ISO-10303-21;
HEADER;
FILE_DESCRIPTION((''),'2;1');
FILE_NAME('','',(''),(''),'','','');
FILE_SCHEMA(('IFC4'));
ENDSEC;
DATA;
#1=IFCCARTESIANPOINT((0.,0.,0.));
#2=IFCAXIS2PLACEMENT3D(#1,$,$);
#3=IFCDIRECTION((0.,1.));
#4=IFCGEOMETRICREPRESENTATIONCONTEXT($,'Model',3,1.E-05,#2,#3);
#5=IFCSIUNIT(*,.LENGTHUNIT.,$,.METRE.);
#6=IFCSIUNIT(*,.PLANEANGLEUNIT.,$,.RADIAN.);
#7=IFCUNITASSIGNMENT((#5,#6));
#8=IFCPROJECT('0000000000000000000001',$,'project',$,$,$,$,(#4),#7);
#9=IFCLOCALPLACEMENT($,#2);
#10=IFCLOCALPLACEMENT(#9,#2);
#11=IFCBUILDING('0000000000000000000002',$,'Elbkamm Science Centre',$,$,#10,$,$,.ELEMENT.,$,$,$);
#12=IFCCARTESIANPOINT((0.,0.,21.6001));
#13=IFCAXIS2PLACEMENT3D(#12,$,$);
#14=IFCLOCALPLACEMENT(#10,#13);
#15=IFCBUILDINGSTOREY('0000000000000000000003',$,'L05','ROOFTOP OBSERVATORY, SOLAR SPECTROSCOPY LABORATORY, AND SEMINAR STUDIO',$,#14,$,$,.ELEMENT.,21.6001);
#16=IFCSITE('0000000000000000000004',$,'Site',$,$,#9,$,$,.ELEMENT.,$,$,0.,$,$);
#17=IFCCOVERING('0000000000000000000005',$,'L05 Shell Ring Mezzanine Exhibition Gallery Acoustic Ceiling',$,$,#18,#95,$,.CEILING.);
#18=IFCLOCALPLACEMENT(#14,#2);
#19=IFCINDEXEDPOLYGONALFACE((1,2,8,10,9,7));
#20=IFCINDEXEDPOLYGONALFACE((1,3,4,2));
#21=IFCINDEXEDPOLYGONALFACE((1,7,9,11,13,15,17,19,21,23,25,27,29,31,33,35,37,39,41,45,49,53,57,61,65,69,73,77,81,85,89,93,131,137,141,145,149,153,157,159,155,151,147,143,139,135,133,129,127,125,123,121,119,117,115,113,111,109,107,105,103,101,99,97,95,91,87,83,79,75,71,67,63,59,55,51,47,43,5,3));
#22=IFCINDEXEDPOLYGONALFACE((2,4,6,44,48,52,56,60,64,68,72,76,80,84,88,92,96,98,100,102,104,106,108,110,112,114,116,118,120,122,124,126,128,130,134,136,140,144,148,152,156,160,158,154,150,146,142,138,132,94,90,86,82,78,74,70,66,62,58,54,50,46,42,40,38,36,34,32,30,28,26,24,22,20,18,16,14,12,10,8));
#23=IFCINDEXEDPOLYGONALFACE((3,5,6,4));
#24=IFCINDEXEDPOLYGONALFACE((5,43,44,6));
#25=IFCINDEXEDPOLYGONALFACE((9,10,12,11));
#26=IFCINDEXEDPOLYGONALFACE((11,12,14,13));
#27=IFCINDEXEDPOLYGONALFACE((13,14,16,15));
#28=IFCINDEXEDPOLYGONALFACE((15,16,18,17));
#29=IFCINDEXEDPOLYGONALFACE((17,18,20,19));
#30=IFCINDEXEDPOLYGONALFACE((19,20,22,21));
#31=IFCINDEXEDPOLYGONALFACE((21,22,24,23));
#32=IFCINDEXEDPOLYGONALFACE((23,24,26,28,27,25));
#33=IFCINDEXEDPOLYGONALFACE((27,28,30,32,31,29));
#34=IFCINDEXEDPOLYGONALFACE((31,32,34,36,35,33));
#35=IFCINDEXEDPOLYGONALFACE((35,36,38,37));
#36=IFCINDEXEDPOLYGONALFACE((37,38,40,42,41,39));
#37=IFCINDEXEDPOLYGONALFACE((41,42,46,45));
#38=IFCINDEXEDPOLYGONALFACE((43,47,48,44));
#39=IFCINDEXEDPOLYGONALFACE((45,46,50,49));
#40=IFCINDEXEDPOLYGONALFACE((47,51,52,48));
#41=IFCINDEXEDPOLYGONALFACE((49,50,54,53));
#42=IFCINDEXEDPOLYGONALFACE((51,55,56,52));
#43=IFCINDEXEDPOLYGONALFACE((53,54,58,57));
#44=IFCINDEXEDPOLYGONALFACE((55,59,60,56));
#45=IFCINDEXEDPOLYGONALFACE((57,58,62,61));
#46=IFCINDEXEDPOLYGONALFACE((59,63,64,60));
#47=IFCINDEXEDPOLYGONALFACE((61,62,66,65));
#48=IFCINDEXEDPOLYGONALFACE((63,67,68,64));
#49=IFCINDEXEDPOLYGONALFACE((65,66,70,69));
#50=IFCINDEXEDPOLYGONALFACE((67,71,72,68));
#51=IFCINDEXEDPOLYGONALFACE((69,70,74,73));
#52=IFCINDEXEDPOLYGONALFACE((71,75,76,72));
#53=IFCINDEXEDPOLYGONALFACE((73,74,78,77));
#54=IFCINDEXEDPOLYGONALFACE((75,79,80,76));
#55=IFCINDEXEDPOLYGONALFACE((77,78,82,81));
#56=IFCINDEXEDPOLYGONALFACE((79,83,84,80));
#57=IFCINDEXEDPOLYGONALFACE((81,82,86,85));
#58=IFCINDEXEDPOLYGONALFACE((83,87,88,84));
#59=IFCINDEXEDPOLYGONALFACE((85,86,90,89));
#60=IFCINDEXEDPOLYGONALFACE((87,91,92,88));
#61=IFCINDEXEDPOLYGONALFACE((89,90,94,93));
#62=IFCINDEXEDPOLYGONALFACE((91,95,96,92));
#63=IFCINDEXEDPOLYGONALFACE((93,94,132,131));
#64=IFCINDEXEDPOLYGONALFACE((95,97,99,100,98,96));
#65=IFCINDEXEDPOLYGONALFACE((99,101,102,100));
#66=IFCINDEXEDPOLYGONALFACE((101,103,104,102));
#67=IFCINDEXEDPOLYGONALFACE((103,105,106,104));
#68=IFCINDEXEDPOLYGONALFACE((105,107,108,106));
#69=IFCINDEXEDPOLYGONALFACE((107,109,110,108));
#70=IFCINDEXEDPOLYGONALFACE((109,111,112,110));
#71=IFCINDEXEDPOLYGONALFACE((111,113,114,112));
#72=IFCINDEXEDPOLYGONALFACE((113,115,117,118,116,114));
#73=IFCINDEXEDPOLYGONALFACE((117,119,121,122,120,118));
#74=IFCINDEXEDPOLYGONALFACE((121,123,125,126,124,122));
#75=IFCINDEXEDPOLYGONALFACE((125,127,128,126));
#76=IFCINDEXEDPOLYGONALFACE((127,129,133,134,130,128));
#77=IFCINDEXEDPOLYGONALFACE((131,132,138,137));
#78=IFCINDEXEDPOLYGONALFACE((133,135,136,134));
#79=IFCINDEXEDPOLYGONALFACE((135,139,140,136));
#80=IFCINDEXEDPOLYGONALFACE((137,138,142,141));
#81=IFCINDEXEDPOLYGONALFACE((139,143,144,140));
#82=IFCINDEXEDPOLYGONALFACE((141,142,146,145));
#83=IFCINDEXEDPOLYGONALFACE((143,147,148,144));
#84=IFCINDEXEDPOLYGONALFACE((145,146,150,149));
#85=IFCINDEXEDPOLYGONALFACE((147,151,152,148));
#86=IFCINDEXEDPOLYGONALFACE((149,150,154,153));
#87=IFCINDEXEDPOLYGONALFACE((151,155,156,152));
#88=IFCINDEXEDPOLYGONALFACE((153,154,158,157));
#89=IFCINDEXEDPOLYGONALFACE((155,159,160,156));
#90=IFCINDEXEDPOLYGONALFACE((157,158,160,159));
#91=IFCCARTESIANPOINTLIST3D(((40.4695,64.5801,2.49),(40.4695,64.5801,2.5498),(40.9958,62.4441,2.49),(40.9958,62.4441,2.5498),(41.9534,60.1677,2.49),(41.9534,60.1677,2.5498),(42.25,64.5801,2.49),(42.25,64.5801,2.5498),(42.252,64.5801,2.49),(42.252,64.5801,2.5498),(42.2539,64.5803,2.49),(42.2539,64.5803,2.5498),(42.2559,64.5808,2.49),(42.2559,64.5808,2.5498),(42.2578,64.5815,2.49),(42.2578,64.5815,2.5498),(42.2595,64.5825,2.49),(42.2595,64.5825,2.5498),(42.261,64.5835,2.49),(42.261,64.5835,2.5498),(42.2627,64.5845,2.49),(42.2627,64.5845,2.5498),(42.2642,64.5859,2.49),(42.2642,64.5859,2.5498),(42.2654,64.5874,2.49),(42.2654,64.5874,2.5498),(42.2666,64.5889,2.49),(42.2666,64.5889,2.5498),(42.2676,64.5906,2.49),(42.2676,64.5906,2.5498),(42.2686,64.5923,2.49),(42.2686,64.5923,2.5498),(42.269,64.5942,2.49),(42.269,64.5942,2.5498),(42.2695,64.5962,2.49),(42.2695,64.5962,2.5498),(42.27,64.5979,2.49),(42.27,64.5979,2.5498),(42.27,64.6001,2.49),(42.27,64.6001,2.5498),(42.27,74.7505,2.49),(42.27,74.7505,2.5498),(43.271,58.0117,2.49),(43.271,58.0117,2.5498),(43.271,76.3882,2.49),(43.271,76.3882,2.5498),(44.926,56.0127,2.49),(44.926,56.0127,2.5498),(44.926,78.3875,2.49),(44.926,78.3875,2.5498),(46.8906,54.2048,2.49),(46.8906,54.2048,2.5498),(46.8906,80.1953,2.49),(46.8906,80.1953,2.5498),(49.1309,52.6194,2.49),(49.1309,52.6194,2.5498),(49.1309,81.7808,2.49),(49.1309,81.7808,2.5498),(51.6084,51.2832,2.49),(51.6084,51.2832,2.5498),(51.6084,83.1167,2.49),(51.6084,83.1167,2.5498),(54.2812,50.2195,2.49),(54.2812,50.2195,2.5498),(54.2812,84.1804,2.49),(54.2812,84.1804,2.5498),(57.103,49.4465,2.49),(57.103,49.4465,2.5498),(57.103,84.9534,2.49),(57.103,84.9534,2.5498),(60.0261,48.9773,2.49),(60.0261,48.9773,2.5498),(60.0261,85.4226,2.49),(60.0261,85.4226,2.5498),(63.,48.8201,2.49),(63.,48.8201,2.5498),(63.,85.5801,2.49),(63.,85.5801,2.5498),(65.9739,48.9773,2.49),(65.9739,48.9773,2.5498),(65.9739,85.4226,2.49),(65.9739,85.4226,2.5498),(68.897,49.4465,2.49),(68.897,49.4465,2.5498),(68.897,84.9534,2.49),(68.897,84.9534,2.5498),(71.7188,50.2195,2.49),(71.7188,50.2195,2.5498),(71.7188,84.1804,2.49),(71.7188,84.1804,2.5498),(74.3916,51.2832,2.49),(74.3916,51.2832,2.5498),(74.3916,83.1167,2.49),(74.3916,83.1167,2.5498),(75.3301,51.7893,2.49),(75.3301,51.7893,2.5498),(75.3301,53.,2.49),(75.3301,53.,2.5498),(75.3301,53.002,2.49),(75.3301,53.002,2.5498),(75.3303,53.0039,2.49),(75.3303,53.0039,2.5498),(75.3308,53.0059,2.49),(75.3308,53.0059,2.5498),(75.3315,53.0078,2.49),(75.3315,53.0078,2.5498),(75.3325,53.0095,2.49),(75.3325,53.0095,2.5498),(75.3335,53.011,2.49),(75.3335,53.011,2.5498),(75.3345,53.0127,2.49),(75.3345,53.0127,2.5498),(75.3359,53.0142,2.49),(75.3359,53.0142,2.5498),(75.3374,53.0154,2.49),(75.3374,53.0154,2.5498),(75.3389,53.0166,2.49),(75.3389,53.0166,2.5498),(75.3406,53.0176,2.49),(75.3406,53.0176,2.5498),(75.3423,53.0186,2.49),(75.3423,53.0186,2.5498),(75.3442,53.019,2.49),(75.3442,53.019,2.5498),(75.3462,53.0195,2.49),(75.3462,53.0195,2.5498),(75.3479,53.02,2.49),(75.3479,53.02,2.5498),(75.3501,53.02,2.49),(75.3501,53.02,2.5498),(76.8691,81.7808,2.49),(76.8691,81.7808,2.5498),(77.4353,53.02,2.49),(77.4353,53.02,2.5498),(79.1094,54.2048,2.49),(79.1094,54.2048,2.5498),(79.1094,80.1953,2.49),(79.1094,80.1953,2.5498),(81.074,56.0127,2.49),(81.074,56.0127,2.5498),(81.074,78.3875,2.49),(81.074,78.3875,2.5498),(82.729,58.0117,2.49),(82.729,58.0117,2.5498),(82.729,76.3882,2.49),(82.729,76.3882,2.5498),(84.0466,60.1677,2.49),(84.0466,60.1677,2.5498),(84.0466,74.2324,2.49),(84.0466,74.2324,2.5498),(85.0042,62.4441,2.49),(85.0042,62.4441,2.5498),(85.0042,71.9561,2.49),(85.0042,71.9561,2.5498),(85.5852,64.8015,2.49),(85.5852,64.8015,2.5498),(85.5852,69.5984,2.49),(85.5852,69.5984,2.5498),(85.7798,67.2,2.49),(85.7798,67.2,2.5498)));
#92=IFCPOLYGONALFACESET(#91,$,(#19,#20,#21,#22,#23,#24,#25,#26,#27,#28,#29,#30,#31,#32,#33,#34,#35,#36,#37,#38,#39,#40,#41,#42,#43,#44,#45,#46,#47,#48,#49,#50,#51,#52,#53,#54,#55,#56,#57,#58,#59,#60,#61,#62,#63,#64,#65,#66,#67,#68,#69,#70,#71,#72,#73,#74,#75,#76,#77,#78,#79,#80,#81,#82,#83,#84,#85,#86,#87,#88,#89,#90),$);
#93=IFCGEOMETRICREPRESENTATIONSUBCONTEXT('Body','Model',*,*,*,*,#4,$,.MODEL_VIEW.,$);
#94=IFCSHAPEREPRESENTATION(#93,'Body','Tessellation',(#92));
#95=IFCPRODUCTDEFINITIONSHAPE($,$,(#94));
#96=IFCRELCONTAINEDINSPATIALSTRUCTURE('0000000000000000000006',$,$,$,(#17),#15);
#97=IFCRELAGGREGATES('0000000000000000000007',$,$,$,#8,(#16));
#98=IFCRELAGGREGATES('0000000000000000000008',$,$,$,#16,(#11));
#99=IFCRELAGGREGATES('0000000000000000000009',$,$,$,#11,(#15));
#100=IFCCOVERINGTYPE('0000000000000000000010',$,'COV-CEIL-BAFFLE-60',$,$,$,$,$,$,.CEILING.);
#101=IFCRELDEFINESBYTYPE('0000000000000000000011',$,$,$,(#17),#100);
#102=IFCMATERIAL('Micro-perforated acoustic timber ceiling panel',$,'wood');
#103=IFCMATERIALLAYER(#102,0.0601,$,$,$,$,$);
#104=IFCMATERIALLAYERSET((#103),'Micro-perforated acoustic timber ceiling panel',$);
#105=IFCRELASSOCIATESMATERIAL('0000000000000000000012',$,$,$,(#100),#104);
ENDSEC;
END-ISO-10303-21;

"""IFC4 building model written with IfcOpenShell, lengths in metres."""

from ifc_helpers import new_model, si_unit, direction, frame, origin, place, context, subcontext, project, spatial, polyline, outline, extrude, material, layer, layer_set, type_object, element, save


model = new_model("IFC4")

# Units and contexts
model_context = context("Model", 3, precision=1e-05, world=origin(), true_north=direction((0.0, 1.0)))
body_context = subcontext(model_context, "Body", "Model", "MODEL_VIEW")
ifc_project = project(units=[si_unit("LENGTHUNIT", "METRE"), si_unit("PLANEANGLEUNIT", "RADIAN")], contexts=[model_context])

# Site, building, storey
site_placement = place(None, origin())
site = spatial("IfcSite", under=ifc_project, at=site_placement, Name="Site", CompositionType="ELEMENT", RefElevation=0.0)
building_placement = place(site_placement, origin())
building = spatial("IfcBuilding", under=site, at=building_placement, Name="Elbkamm Science Centre", CompositionType="ELEMENT")
storey_placement = place(building_placement, frame((0.0, 0.0, 21.6001)))
storey = spatial("IfcBuildingStorey", under=building, at=storey_placement, Name="L05", Description="ROOFTOP OBSERVATORY, SOLAR SPECTROSCOPY LABORATORY, AND SEMINAR STUDIO", CompositionType="ELEMENT", Elevation=21.6001)

# Covering
ifc_material_1 = material(Name="Micro-perforated acoustic timber ceiling panel", Category="wood")
ifc_layer_1 = layer(ifc_material_1, 0.0601)
ifc_layer_set_1 = layer_set([ifc_layer_1], Name="Micro-perforated acoustic timber ceiling panel")
covering_type_1 = type_object("IfcCoveringType", Name="COV-CEIL-BAFFLE-60", PredefinedType="CEILING", material=ifc_layer_set_1)
covering_1_placement = place(storey_placement, frame((0.0, 0.0, 2.49)))
element("IfcCovering", 1, at=covering_1_placement, inside=storey, type_object=covering_type_1, Name="L05 Shell Ring Mezzanine Exhibition Gallery Acoustic Ceiling", PredefinedType="CEILING", context=body_context, shape_type="SweptSolid", body=[
    extrude(outline(polyline([(60.0261, 48.9773), (57.103, 49.4465), (54.2812, 50.2195), (51.6084, 51.2832), (49.1309, 52.6194), (46.8906, 54.2048), (44.926, 56.0127), (43.271, 58.0117), (41.9534, 60.1677), (40.9958, 62.4441), (40.4695, 64.5801), (42.25, 64.5801), (42.252, 64.5801), (42.2539, 64.5803), (42.2559, 64.5808), (42.2578, 64.5815), (42.2595, 64.5825), (42.261, 64.5835), (42.2627, 64.5845), (42.2642, 64.5859), (42.2654, 64.5874), (42.2666, 64.5889), (42.2676, 64.5906), (42.2686, 64.5923), (42.269, 64.5942), (42.2695, 64.5962), (42.27, 64.5979), (42.27, 64.6001), (42.27, 74.7505), (43.271, 76.3882), (44.926, 78.3875), (46.8906, 80.1953), (49.1309, 81.7808), (51.6084, 83.1167), (54.2812, 84.1804), (57.103, 84.9534), (60.0261, 85.4226), (63.0, 85.5801), (65.9739, 85.4226), (68.897, 84.9534), (71.7188, 84.1804), (74.3916, 83.1167), (76.8691, 81.7808), (79.1094, 80.1953), (81.074, 78.3875), (82.729, 76.3882), (84.0466, 74.2324), (85.0042, 71.9561), (85.5852, 69.5984), (85.7798, 67.2), (85.5852, 64.8015), (85.0042, 62.4441), (84.0466, 60.1677), (82.729, 58.0117), (81.074, 56.0127), (79.1094, 54.2048), (77.4353, 53.02), (75.3501, 53.02), (75.3479, 53.02), (75.3462, 53.0195), (75.3442, 53.019), (75.3423, 53.0186), (75.3406, 53.0176), (75.3389, 53.0166), (75.3374, 53.0154), (75.3359, 53.0142), (75.3345, 53.0127), (75.3335, 53.011), (75.3325, 53.0095), (75.3315, 53.0078), (75.3308, 53.0059), (75.3303, 53.0039), (75.3301, 53.002), (75.3301, 53.0), (75.3301, 51.7893), (74.3916, 51.2832), (71.7188, 50.2195), (68.897, 49.4465), (65.9739, 48.9773), (63.0, 48.8201), (60.0261, 48.9773)])), origin(), (0.0, 0.0, 1.0), 0.0598),
])

save(model, "model.ifc")
